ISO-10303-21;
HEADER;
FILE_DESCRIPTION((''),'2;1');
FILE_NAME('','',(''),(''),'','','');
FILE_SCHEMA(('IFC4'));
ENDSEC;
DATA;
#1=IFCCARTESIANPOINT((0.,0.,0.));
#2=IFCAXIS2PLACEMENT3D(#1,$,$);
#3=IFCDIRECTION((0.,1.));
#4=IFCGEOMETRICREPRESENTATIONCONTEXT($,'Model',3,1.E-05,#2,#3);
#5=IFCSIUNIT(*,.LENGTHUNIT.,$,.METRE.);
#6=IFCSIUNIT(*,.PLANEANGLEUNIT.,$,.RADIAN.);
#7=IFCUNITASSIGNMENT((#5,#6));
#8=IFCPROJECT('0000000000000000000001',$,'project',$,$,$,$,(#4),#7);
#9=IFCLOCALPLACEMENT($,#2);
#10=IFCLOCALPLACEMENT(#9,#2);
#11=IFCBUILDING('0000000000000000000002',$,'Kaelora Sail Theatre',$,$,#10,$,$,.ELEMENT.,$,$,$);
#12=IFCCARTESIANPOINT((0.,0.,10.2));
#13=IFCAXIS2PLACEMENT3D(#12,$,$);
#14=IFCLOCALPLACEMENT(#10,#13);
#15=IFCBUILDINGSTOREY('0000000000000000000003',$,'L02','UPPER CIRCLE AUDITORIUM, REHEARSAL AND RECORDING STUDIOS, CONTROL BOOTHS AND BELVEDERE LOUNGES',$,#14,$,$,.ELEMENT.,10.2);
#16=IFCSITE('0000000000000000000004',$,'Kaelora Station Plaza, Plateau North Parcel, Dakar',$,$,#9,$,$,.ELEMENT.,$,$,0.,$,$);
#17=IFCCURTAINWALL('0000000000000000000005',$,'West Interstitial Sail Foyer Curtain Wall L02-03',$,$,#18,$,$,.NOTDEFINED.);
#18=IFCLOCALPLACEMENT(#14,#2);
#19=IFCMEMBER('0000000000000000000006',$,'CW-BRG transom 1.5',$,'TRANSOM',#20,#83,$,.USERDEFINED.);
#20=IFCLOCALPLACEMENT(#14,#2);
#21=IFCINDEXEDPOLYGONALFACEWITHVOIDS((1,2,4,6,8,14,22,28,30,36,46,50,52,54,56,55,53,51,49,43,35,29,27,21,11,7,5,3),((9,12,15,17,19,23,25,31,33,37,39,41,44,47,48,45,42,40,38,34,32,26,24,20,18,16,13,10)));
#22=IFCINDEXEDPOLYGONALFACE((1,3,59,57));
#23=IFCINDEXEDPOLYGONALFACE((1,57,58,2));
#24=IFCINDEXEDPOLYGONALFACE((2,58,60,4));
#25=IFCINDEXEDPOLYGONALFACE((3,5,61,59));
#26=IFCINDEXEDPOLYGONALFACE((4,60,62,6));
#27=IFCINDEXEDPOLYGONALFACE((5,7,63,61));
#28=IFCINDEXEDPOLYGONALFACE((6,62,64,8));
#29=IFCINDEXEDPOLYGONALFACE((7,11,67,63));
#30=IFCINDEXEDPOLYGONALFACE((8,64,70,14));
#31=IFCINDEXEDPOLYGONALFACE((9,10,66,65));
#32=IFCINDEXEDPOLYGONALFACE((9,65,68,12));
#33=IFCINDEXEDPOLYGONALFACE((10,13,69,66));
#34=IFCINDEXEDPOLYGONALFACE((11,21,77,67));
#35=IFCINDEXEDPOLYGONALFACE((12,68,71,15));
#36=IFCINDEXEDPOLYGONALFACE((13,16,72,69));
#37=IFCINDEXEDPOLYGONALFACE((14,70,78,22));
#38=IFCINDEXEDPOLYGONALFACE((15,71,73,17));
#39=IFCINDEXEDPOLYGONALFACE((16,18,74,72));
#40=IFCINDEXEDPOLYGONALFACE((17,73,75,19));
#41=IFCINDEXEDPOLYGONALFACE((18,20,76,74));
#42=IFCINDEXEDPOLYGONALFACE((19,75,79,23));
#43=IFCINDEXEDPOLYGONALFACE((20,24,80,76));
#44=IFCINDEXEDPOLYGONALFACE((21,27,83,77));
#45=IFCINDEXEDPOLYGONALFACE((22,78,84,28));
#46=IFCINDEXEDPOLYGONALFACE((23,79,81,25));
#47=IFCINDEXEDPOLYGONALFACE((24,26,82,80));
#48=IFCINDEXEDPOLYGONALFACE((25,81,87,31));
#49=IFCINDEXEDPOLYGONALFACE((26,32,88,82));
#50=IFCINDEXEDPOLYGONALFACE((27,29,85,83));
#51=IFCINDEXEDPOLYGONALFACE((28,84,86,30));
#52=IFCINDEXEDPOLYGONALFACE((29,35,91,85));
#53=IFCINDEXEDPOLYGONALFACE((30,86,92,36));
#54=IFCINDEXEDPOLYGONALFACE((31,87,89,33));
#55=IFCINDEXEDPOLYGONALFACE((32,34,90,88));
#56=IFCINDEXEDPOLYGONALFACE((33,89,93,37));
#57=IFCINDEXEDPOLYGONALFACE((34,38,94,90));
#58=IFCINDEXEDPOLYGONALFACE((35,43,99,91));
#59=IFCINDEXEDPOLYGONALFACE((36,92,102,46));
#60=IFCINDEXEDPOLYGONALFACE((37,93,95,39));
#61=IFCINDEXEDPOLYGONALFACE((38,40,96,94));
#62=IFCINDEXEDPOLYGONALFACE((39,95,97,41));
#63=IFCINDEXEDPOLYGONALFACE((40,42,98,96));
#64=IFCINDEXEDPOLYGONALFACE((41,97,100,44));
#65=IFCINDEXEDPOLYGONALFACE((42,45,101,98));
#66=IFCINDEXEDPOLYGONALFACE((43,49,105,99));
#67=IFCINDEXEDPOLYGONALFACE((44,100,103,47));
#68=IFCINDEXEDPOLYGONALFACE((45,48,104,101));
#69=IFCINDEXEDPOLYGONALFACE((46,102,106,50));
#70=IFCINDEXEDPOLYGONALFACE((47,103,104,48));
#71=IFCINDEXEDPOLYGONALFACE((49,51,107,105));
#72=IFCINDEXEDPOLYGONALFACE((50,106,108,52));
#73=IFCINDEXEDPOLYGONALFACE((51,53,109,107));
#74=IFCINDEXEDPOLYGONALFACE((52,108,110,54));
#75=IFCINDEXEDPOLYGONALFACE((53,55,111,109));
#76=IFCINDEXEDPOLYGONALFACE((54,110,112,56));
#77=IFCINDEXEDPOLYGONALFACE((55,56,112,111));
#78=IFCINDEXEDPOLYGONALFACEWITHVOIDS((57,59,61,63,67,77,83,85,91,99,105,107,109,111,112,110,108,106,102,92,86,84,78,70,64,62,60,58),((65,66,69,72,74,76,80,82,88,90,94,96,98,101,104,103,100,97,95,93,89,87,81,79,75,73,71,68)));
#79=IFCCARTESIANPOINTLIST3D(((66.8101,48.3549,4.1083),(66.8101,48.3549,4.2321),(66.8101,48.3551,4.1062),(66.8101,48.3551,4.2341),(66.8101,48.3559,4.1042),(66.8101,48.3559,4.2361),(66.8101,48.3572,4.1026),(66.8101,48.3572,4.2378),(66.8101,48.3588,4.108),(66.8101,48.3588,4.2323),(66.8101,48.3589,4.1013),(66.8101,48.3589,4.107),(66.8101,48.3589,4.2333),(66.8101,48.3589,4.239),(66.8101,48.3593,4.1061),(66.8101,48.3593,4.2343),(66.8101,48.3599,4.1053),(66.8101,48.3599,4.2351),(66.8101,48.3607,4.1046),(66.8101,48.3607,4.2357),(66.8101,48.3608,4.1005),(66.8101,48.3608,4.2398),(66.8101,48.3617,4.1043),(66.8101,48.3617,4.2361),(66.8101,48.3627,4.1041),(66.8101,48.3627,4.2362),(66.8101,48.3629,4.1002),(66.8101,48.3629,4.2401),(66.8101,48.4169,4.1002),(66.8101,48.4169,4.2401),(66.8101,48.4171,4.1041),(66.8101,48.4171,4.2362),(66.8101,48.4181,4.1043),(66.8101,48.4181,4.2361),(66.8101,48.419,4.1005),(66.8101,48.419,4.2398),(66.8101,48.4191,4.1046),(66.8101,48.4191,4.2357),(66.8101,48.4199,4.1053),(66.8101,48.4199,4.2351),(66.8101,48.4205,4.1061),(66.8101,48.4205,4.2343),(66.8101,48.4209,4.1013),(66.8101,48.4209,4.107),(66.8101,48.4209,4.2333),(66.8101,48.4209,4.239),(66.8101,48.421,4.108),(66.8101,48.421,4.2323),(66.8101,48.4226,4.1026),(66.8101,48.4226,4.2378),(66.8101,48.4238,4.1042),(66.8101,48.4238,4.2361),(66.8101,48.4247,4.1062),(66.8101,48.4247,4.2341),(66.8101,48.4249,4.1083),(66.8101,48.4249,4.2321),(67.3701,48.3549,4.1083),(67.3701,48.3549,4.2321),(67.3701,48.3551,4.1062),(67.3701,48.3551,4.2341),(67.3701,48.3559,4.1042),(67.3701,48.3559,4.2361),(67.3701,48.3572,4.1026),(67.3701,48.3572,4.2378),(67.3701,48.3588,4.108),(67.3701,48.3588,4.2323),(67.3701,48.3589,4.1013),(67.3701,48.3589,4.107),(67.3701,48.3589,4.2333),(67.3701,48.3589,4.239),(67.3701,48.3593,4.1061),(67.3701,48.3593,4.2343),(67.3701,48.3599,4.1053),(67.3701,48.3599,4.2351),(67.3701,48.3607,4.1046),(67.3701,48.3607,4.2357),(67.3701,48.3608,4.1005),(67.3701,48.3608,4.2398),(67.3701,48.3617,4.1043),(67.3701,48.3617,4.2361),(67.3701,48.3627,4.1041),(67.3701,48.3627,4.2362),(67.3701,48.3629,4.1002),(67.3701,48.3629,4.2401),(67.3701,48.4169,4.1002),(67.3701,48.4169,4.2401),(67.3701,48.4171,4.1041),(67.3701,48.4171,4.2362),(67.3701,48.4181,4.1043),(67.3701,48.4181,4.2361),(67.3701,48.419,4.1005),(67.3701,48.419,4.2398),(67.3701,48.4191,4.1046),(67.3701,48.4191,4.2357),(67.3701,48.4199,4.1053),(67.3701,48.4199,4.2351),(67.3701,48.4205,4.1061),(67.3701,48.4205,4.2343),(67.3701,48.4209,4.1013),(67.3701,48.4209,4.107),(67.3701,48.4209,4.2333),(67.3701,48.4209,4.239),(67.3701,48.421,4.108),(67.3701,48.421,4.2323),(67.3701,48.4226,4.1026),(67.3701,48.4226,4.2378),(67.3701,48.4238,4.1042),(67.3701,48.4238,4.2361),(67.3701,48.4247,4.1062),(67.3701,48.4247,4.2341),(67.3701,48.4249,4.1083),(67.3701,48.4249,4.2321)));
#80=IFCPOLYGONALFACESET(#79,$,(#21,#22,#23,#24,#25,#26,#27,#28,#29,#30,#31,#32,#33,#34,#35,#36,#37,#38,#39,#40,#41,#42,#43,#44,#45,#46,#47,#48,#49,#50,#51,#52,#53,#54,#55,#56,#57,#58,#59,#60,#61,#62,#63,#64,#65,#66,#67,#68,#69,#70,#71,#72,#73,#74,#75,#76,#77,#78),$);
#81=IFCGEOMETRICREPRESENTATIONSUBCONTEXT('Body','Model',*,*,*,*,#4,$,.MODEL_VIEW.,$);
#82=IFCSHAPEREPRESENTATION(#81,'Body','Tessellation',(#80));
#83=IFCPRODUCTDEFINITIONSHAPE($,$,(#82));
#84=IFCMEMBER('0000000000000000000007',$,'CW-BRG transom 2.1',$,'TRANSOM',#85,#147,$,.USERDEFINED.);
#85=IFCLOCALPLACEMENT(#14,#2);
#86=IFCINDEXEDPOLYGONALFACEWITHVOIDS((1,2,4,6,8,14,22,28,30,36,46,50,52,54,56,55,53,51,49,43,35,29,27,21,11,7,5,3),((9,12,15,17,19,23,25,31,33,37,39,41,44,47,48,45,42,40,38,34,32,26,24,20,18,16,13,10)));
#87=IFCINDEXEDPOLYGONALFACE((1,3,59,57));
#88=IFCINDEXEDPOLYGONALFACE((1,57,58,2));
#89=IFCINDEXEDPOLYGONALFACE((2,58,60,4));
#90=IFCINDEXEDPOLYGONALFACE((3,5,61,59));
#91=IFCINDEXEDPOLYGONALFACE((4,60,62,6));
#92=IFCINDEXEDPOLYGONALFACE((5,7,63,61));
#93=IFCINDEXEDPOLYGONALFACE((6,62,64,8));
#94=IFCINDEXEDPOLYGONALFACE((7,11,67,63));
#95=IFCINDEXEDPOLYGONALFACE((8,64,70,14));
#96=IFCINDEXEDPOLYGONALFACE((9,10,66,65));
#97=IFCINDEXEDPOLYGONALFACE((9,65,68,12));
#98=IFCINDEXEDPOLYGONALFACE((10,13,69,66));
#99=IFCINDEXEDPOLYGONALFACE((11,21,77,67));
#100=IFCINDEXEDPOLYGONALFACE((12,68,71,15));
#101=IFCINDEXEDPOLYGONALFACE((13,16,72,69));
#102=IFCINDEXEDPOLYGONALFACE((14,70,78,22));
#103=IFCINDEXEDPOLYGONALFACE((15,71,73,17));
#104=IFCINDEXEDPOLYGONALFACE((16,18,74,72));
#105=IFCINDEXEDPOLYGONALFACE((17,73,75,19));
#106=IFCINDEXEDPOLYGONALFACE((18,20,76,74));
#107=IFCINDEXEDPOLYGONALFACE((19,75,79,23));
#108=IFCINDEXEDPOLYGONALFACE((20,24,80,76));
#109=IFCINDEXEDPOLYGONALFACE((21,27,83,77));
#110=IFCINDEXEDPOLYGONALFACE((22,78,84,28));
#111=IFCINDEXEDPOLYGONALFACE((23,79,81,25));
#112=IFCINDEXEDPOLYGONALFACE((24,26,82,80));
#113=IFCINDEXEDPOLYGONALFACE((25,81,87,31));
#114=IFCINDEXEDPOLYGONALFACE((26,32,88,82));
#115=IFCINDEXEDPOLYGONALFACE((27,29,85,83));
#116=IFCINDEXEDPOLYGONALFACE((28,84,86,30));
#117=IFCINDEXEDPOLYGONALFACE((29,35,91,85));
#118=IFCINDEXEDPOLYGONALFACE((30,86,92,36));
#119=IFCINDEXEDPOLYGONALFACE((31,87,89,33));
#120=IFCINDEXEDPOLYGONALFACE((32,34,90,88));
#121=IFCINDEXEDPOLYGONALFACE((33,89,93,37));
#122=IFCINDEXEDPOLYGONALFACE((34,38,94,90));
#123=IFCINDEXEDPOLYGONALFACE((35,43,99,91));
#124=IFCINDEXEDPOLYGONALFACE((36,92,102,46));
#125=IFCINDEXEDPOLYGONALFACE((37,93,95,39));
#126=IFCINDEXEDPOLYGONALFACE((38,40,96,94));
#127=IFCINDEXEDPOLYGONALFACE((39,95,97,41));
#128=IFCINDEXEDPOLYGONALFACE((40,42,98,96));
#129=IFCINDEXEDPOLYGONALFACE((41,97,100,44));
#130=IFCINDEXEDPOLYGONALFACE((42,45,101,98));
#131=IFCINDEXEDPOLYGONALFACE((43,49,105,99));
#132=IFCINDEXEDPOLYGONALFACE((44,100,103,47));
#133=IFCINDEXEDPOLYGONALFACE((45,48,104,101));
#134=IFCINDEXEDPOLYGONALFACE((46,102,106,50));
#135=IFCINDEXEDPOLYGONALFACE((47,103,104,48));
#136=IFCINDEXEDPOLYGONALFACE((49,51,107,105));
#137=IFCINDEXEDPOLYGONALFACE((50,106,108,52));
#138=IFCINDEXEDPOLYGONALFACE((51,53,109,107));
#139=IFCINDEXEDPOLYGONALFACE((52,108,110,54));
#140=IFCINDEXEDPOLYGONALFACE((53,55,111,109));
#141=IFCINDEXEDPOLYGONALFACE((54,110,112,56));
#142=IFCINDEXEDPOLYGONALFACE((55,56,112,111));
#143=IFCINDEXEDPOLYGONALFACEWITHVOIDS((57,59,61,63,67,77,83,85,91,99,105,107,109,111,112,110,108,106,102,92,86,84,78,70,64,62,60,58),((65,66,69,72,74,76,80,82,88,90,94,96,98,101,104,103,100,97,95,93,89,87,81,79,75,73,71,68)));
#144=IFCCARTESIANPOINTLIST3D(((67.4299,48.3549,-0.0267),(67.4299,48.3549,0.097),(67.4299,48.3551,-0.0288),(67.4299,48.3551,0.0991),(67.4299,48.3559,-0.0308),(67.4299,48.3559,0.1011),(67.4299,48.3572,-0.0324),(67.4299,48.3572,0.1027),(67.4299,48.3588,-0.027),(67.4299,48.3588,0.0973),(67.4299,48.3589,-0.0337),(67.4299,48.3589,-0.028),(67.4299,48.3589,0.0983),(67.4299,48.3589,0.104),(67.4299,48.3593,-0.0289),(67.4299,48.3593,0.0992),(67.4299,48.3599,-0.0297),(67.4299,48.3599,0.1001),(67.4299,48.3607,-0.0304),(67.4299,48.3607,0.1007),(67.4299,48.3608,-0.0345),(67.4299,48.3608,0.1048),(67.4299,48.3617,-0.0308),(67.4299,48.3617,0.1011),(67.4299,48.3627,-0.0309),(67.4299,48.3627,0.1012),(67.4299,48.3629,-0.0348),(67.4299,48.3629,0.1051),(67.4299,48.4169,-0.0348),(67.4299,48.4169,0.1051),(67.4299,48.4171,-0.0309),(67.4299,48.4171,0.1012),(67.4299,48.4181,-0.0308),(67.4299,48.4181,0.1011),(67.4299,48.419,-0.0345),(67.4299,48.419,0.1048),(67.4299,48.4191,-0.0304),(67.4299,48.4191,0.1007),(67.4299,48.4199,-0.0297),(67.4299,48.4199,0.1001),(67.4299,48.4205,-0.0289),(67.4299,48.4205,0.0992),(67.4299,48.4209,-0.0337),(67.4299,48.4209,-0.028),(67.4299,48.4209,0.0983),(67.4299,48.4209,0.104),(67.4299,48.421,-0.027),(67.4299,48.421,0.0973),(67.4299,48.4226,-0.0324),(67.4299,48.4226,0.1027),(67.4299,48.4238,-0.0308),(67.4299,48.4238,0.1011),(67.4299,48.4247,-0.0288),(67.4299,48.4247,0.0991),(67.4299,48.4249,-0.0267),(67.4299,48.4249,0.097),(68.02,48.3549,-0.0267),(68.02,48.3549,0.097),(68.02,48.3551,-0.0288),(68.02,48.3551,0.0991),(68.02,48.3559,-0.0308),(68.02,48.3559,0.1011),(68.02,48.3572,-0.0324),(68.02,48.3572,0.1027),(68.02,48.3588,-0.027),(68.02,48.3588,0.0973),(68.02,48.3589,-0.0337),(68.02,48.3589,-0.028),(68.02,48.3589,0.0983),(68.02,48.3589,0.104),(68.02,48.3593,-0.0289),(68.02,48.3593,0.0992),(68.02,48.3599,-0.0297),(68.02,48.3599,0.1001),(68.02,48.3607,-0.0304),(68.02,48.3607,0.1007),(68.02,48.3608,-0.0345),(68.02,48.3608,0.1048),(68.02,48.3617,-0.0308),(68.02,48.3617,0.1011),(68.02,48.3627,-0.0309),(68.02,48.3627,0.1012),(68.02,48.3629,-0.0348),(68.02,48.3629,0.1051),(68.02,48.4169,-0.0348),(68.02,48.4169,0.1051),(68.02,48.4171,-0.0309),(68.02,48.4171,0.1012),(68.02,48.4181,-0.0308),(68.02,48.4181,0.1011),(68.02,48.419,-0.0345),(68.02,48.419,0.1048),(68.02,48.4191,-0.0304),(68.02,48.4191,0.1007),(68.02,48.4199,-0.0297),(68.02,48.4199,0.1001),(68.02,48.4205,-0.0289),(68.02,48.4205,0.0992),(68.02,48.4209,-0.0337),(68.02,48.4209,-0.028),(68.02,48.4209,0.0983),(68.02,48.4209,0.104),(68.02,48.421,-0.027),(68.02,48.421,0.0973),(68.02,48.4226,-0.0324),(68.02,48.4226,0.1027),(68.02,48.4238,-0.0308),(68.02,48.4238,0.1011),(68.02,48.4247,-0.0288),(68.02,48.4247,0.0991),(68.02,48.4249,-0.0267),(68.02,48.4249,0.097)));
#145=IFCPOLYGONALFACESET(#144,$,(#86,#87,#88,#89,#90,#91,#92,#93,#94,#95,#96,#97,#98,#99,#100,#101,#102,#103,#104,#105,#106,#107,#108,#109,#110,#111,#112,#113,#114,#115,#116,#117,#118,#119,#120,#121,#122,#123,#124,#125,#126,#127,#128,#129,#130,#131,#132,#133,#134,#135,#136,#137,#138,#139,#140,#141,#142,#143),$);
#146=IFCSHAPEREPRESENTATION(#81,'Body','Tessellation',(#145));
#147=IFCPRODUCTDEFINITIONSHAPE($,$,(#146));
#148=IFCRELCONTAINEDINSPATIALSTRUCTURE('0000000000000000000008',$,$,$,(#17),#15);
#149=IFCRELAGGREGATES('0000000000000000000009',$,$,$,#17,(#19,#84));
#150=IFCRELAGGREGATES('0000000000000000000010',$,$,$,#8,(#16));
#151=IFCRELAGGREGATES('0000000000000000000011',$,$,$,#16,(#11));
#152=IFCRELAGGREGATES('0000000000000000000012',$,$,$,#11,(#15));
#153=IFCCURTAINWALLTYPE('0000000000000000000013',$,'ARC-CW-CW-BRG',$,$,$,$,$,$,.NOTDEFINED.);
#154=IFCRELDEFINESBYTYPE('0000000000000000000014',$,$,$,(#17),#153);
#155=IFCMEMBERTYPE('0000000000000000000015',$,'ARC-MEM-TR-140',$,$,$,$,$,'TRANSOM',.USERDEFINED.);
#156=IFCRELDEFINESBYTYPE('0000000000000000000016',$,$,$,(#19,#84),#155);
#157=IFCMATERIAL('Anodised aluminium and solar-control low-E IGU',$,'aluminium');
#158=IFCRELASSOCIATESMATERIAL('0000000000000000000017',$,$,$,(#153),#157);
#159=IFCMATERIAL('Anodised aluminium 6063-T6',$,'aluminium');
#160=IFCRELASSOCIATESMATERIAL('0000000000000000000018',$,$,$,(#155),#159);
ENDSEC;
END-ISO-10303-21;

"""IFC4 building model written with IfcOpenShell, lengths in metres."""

from ifc_helpers import new_model, si_unit, direction, frame, origin, origin_2d, place, context, subcontext, project, spatial, hollow_rectangle, extrude, material, material_profile, profile_set, type_object, element, aggregate, save


model = new_model("IFC4")

# Units and contexts
model_context = context("Model", 3, precision=1e-05, world=origin(), true_north=direction((0.0, 1.0)))
body_context = subcontext(model_context, "Body", "Model", "MODEL_VIEW")
ifc_project = project(units=[si_unit("LENGTHUNIT", "METRE"), si_unit("PLANEANGLEUNIT", "RADIAN")], contexts=[model_context])

# Site, building, storey
site_placement = place(None, origin())
site = spatial("IfcSite", under=ifc_project, at=site_placement, Name="Kaelora Station Plaza, Plateau North Parcel, Dakar", CompositionType="ELEMENT", RefElevation=0.0)
building_placement = place(site_placement, origin())
building = spatial("IfcBuilding", under=site, at=building_placement, Name="Kaelora Sail Theatre", CompositionType="ELEMENT")
storey_placement = place(building_placement, frame((0.0, 0.0, 10.2)))
storey = spatial("IfcBuildingStorey", under=building, at=storey_placement, Name="L02", Description="UPPER CIRCLE AUDITORIUM, REHEARSAL AND RECORDING STUDIOS, CONTROL BOOTHS AND BELVEDERE LOUNGES", CompositionType="ELEMENT", Elevation=10.2)

# Shared definitions
ifc_material_1 = material(Name="Anodised aluminium and solar-control low-E IGU", Category="aluminium")
curtain_wall_type = type_object("IfcCurtainWallType", Name="ARC-CW-CW-BRG", PredefinedType="NOTDEFINED", material=ifc_material_1)

# Curtain wall, members
curtain_wall_1_placement = place(storey_placement, origin())
curtain_wall_1 = element("IfcCurtainWall", 1, at=curtain_wall_1_placement, inside=storey, type_object=curtain_wall_type, Name="West Interstitial Sail Foyer Curtain Wall L02-03", PredefinedType="NOTDEFINED")
ifc_material_2 = material(Name="Anodised aluminium 6063-T6", Category="aluminium")
ifc_material_profile_1 = material_profile(ifc_material_2, hollow_rectangle(XDim=0.0701, YDim=0.1399, WallThickness=0.0039, InnerFilletRadius=0.0039, OuterFilletRadius=0.0081, at=origin_2d()), Name="ALU-TRAN 70x140x4")
ifc_profile_set_1 = profile_set([ifc_material_profile_1], Name="Anodised aluminium 6063-T6")
member_type_1 = type_object("IfcMemberType", Name="ARC-MEM-TR-140", ElementType="TRANSOM", PredefinedType="USERDEFINED", material=ifc_profile_set_1)
member_1_placement = place(storey_placement, frame((66.8101, 48.3899, 4.1702), z_axis=(1.0, 0.0, 0.0), x_axis=(0.0, 1.0, 0.0)))
member_1 = element("IfcMember", 2, at=member_1_placement, type_object=member_type_1, Name="CW-BRG transom 1.5", ObjectType="TRANSOM", PredefinedType="USERDEFINED", context=body_context, shape_type="SweptSolid", body=[
    extrude(hollow_rectangle(XDim=0.0701, YDim=0.1399, WallThickness=0.0039, InnerFilletRadius=0.0039, OuterFilletRadius=0.0081, at=origin_2d()), origin(), (0.0, 0.0, 1.0), 0.5601),
])
member_2_placement = place(storey_placement, frame((67.4299, 48.3899, 0.0352), z_axis=(1.0, 0.0, 0.0), x_axis=(0.0, 1.0, 0.0)))
member_2 = element("IfcMember", 3, at=member_2_placement, type_object=member_type_1, Name="CW-BRG transom 2.1", ObjectType="TRANSOM", PredefinedType="USERDEFINED", context=body_context, shape_type="SweptSolid", body=[
    extrude(hollow_rectangle(XDim=0.0701, YDim=0.1399, WallThickness=0.0039, InnerFilletRadius=0.0039, OuterFilletRadius=0.0081, at=origin_2d()), origin(), (0.0, 0.0, 1.0), 0.5901),
])

aggregate(curtain_wall_1, [member_1, member_2])

save(model, "model.ifc")
